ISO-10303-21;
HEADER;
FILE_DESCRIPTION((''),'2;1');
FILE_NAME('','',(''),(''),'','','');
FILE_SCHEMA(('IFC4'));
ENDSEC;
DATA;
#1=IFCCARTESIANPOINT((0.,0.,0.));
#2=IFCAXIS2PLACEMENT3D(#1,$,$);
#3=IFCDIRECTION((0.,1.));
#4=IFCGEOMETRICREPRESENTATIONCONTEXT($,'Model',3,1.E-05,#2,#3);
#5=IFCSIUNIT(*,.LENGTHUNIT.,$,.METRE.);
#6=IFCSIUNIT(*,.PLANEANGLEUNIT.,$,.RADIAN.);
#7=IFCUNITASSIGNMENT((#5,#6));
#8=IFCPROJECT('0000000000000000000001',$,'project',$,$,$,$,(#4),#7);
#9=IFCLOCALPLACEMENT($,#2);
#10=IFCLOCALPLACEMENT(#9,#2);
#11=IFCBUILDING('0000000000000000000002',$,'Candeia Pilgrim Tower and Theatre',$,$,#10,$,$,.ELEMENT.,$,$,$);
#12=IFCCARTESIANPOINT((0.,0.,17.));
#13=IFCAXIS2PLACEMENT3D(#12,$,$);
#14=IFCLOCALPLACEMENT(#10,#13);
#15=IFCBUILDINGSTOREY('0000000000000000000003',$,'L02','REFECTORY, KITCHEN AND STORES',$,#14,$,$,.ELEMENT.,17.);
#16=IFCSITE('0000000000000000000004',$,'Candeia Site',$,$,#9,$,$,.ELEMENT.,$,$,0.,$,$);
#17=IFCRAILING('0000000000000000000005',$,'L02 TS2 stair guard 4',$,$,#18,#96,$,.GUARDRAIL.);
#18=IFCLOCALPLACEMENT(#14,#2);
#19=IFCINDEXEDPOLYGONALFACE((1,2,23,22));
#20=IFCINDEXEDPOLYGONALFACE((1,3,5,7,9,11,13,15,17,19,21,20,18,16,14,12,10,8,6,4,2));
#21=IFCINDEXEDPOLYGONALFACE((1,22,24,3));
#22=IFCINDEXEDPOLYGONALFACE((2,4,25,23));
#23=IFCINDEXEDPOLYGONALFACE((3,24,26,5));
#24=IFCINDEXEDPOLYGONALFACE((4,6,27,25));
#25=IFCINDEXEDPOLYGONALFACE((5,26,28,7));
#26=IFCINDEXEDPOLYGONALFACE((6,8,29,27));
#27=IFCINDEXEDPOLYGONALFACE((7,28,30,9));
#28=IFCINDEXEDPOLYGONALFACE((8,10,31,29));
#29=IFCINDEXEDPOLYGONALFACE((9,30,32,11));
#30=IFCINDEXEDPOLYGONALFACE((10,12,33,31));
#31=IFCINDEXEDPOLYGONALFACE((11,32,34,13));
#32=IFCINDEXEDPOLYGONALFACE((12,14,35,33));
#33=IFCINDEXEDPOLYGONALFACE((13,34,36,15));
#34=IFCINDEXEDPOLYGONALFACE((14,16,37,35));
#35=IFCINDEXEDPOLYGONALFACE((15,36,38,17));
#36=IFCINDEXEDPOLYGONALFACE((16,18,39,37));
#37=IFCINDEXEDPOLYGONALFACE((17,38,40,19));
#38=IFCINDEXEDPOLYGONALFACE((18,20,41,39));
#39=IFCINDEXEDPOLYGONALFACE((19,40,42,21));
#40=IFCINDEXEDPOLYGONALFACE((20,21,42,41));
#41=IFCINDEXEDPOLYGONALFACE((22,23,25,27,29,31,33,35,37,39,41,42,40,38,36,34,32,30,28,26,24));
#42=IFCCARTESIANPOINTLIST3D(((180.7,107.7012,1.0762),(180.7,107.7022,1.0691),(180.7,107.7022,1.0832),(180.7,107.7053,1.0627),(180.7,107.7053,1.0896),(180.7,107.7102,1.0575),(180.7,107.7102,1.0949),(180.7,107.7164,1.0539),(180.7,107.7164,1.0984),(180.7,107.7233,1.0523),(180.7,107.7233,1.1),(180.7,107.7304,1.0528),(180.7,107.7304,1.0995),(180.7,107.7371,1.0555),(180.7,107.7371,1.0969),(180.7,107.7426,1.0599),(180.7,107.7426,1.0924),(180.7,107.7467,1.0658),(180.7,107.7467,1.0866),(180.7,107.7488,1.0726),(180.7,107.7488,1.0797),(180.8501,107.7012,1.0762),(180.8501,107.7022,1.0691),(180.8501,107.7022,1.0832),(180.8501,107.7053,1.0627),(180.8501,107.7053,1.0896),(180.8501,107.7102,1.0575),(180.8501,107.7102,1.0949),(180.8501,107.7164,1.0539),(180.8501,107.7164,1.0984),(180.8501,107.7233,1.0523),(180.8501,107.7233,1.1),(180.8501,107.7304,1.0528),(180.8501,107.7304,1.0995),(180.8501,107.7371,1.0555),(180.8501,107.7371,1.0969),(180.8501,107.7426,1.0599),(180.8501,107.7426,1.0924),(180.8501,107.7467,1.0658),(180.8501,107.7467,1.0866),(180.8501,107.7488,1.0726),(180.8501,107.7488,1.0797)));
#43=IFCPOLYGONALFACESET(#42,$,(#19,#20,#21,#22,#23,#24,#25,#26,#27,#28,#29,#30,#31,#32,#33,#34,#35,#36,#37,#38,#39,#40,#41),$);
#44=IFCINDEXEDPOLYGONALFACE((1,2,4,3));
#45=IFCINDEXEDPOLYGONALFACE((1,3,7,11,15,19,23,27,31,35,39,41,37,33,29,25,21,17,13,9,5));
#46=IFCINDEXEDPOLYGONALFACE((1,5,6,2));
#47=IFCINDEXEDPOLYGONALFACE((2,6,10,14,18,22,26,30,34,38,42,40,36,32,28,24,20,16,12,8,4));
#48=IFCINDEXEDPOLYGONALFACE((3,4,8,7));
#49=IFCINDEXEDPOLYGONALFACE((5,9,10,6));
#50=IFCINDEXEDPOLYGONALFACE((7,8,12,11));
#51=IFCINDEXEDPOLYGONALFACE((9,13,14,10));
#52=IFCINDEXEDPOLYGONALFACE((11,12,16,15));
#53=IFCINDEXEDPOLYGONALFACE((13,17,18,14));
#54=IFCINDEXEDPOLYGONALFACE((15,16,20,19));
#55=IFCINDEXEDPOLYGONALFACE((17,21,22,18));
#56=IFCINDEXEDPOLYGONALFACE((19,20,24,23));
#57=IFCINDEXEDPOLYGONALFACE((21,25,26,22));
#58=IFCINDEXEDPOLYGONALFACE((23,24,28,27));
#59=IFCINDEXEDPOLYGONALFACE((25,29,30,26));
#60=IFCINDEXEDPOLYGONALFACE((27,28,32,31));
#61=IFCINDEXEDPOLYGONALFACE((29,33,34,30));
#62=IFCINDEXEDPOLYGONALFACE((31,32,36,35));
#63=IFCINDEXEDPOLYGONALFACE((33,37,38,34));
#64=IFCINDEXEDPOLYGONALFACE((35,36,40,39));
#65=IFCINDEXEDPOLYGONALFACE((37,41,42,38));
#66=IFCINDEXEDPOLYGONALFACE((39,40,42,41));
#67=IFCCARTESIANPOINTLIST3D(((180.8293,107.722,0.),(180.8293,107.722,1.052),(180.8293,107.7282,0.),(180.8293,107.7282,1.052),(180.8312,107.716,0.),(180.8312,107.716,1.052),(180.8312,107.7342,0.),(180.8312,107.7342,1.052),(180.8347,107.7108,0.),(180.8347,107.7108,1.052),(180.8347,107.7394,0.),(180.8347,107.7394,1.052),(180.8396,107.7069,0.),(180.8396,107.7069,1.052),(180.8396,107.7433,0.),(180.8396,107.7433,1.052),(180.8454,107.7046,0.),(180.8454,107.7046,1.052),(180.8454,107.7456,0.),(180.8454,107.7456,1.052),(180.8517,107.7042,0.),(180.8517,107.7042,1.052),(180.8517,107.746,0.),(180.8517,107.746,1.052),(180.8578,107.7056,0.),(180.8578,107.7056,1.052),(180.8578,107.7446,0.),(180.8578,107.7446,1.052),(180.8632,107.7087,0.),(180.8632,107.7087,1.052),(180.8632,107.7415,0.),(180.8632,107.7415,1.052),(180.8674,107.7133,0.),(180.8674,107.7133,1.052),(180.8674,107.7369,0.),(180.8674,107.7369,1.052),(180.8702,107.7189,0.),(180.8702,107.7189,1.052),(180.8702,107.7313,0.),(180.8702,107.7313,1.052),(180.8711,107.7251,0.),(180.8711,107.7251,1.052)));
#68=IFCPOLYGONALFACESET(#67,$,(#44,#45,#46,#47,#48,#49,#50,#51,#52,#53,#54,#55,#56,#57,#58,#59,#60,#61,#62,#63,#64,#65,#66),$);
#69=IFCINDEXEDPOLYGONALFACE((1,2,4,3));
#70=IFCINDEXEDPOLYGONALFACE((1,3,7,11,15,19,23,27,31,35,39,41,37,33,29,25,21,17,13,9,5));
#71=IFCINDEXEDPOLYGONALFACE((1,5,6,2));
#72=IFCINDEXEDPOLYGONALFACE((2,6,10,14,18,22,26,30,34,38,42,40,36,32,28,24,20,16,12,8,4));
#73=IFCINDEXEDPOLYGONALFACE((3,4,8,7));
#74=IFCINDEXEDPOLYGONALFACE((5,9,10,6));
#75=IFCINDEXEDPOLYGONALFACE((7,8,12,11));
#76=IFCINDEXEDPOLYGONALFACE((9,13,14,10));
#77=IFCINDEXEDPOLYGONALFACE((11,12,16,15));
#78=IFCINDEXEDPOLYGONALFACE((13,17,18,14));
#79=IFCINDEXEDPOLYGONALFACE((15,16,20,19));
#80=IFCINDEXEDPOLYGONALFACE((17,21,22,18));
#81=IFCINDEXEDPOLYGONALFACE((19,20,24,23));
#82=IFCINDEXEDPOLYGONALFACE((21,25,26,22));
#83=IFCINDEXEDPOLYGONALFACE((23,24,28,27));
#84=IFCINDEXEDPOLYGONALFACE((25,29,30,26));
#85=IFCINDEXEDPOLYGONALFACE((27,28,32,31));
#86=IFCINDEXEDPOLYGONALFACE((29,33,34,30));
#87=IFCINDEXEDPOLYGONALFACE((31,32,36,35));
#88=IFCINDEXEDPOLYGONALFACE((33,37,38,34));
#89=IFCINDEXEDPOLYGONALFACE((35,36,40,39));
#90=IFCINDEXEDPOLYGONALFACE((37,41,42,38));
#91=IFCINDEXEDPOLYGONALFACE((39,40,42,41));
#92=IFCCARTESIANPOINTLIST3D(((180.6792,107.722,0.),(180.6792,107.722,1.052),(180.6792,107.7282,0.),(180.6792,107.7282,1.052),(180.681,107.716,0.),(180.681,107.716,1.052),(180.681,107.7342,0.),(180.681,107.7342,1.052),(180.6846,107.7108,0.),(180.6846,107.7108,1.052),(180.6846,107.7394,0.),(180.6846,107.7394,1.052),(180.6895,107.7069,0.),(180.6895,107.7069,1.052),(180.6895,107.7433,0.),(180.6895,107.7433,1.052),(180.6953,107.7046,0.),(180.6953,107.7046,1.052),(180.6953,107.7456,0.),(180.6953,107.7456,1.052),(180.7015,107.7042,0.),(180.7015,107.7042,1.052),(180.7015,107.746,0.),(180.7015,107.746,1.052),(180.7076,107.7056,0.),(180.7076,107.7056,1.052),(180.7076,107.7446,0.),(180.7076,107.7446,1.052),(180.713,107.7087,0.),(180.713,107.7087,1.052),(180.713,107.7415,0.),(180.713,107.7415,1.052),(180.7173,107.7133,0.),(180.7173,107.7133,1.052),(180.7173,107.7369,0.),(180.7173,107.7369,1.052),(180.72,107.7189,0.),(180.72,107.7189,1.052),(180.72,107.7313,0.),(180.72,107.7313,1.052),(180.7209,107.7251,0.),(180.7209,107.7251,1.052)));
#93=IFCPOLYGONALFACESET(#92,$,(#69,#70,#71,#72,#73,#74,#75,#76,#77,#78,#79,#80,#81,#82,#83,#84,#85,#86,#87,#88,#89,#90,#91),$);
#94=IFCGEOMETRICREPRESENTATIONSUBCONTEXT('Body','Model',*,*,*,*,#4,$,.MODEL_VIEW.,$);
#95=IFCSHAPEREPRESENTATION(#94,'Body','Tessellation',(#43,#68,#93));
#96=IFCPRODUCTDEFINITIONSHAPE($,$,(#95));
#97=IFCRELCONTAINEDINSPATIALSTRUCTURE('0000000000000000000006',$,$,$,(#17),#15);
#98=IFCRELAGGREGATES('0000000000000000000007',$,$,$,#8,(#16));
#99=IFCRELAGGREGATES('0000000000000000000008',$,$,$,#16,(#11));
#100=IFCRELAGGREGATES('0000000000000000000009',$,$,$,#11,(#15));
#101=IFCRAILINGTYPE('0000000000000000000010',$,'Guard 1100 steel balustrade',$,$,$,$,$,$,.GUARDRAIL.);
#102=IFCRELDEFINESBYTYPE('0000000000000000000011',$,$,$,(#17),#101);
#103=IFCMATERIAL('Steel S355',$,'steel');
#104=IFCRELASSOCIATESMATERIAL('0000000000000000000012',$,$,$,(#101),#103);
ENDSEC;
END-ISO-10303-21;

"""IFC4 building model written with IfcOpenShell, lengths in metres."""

from ifc_helpers import new_model, si_unit, direction, frame, origin, origin_2d, place, context, subcontext, project, spatial, circle, extrude, material, type_object, element, save


model = new_model("IFC4")

# Units and contexts
model_context = context("Model", 3, precision=1e-05, world=origin(), true_north=direction((0.0, 1.0)))
body_context = subcontext(model_context, "Body", "Model", "MODEL_VIEW")
ifc_project = project(units=[si_unit("LENGTHUNIT", "METRE"), si_unit("PLANEANGLEUNIT", "RADIAN")], contexts=[model_context])

# Site, building, storey
site_placement = place(None, origin())
site = spatial("IfcSite", under=ifc_project, at=site_placement, Name="Candeia Site", CompositionType="ELEMENT", RefElevation=0.0)
building_placement = place(site_placement, origin())
building = spatial("IfcBuilding", under=site, at=building_placement, Name="Candeia Pilgrim Tower and Theatre", CompositionType="ELEMENT")
storey_placement = place(building_placement, frame((0.0, 0.0, 17.0)))
storey = spatial("IfcBuildingStorey", under=building, at=storey_placement, Name="L02", Description="REFECTORY, KITCHEN AND STORES", CompositionType="ELEMENT", Elevation=17.0)

# Railing
ifc_material_1 = material(Name="Steel S355", Category="steel")
railing_type_1 = type_object("IfcRailingType", Name="Guard 1100 steel balustrade", PredefinedType="GUARDRAIL", material=ifc_material_1)
railing_1_placement = place(storey_placement, frame((180.8501, 107.7251, 0.0)))
element("IfcRailing", 1, at=railing_1_placement, inside=storey, type_object=railing_type_1, Name="L02 TS2 stair guard 4", PredefinedType="GUARDRAIL", context=body_context, shape_type="SweptSolid", body=[
    extrude(circle(Radius=0.0239, at=origin_2d()), frame((0.0, 0.0, 1.0762), z_axis=(-1.0, 0.0, 0.0), x_axis=(0.0, -1.0, 0.0)), (0.0, 0.0, 1.0), 0.1501),
    extrude(circle(Radius=0.021, at=origin_2d()), origin(), (0.0, 0.0, 1.0), 1.052),
    extrude(circle(Radius=0.021, at=origin_2d()), frame((-0.1501, 0.0, 0.0)), (0.0, 0.0, 1.0), 1.052),
])

save(model, "model.ifc")
